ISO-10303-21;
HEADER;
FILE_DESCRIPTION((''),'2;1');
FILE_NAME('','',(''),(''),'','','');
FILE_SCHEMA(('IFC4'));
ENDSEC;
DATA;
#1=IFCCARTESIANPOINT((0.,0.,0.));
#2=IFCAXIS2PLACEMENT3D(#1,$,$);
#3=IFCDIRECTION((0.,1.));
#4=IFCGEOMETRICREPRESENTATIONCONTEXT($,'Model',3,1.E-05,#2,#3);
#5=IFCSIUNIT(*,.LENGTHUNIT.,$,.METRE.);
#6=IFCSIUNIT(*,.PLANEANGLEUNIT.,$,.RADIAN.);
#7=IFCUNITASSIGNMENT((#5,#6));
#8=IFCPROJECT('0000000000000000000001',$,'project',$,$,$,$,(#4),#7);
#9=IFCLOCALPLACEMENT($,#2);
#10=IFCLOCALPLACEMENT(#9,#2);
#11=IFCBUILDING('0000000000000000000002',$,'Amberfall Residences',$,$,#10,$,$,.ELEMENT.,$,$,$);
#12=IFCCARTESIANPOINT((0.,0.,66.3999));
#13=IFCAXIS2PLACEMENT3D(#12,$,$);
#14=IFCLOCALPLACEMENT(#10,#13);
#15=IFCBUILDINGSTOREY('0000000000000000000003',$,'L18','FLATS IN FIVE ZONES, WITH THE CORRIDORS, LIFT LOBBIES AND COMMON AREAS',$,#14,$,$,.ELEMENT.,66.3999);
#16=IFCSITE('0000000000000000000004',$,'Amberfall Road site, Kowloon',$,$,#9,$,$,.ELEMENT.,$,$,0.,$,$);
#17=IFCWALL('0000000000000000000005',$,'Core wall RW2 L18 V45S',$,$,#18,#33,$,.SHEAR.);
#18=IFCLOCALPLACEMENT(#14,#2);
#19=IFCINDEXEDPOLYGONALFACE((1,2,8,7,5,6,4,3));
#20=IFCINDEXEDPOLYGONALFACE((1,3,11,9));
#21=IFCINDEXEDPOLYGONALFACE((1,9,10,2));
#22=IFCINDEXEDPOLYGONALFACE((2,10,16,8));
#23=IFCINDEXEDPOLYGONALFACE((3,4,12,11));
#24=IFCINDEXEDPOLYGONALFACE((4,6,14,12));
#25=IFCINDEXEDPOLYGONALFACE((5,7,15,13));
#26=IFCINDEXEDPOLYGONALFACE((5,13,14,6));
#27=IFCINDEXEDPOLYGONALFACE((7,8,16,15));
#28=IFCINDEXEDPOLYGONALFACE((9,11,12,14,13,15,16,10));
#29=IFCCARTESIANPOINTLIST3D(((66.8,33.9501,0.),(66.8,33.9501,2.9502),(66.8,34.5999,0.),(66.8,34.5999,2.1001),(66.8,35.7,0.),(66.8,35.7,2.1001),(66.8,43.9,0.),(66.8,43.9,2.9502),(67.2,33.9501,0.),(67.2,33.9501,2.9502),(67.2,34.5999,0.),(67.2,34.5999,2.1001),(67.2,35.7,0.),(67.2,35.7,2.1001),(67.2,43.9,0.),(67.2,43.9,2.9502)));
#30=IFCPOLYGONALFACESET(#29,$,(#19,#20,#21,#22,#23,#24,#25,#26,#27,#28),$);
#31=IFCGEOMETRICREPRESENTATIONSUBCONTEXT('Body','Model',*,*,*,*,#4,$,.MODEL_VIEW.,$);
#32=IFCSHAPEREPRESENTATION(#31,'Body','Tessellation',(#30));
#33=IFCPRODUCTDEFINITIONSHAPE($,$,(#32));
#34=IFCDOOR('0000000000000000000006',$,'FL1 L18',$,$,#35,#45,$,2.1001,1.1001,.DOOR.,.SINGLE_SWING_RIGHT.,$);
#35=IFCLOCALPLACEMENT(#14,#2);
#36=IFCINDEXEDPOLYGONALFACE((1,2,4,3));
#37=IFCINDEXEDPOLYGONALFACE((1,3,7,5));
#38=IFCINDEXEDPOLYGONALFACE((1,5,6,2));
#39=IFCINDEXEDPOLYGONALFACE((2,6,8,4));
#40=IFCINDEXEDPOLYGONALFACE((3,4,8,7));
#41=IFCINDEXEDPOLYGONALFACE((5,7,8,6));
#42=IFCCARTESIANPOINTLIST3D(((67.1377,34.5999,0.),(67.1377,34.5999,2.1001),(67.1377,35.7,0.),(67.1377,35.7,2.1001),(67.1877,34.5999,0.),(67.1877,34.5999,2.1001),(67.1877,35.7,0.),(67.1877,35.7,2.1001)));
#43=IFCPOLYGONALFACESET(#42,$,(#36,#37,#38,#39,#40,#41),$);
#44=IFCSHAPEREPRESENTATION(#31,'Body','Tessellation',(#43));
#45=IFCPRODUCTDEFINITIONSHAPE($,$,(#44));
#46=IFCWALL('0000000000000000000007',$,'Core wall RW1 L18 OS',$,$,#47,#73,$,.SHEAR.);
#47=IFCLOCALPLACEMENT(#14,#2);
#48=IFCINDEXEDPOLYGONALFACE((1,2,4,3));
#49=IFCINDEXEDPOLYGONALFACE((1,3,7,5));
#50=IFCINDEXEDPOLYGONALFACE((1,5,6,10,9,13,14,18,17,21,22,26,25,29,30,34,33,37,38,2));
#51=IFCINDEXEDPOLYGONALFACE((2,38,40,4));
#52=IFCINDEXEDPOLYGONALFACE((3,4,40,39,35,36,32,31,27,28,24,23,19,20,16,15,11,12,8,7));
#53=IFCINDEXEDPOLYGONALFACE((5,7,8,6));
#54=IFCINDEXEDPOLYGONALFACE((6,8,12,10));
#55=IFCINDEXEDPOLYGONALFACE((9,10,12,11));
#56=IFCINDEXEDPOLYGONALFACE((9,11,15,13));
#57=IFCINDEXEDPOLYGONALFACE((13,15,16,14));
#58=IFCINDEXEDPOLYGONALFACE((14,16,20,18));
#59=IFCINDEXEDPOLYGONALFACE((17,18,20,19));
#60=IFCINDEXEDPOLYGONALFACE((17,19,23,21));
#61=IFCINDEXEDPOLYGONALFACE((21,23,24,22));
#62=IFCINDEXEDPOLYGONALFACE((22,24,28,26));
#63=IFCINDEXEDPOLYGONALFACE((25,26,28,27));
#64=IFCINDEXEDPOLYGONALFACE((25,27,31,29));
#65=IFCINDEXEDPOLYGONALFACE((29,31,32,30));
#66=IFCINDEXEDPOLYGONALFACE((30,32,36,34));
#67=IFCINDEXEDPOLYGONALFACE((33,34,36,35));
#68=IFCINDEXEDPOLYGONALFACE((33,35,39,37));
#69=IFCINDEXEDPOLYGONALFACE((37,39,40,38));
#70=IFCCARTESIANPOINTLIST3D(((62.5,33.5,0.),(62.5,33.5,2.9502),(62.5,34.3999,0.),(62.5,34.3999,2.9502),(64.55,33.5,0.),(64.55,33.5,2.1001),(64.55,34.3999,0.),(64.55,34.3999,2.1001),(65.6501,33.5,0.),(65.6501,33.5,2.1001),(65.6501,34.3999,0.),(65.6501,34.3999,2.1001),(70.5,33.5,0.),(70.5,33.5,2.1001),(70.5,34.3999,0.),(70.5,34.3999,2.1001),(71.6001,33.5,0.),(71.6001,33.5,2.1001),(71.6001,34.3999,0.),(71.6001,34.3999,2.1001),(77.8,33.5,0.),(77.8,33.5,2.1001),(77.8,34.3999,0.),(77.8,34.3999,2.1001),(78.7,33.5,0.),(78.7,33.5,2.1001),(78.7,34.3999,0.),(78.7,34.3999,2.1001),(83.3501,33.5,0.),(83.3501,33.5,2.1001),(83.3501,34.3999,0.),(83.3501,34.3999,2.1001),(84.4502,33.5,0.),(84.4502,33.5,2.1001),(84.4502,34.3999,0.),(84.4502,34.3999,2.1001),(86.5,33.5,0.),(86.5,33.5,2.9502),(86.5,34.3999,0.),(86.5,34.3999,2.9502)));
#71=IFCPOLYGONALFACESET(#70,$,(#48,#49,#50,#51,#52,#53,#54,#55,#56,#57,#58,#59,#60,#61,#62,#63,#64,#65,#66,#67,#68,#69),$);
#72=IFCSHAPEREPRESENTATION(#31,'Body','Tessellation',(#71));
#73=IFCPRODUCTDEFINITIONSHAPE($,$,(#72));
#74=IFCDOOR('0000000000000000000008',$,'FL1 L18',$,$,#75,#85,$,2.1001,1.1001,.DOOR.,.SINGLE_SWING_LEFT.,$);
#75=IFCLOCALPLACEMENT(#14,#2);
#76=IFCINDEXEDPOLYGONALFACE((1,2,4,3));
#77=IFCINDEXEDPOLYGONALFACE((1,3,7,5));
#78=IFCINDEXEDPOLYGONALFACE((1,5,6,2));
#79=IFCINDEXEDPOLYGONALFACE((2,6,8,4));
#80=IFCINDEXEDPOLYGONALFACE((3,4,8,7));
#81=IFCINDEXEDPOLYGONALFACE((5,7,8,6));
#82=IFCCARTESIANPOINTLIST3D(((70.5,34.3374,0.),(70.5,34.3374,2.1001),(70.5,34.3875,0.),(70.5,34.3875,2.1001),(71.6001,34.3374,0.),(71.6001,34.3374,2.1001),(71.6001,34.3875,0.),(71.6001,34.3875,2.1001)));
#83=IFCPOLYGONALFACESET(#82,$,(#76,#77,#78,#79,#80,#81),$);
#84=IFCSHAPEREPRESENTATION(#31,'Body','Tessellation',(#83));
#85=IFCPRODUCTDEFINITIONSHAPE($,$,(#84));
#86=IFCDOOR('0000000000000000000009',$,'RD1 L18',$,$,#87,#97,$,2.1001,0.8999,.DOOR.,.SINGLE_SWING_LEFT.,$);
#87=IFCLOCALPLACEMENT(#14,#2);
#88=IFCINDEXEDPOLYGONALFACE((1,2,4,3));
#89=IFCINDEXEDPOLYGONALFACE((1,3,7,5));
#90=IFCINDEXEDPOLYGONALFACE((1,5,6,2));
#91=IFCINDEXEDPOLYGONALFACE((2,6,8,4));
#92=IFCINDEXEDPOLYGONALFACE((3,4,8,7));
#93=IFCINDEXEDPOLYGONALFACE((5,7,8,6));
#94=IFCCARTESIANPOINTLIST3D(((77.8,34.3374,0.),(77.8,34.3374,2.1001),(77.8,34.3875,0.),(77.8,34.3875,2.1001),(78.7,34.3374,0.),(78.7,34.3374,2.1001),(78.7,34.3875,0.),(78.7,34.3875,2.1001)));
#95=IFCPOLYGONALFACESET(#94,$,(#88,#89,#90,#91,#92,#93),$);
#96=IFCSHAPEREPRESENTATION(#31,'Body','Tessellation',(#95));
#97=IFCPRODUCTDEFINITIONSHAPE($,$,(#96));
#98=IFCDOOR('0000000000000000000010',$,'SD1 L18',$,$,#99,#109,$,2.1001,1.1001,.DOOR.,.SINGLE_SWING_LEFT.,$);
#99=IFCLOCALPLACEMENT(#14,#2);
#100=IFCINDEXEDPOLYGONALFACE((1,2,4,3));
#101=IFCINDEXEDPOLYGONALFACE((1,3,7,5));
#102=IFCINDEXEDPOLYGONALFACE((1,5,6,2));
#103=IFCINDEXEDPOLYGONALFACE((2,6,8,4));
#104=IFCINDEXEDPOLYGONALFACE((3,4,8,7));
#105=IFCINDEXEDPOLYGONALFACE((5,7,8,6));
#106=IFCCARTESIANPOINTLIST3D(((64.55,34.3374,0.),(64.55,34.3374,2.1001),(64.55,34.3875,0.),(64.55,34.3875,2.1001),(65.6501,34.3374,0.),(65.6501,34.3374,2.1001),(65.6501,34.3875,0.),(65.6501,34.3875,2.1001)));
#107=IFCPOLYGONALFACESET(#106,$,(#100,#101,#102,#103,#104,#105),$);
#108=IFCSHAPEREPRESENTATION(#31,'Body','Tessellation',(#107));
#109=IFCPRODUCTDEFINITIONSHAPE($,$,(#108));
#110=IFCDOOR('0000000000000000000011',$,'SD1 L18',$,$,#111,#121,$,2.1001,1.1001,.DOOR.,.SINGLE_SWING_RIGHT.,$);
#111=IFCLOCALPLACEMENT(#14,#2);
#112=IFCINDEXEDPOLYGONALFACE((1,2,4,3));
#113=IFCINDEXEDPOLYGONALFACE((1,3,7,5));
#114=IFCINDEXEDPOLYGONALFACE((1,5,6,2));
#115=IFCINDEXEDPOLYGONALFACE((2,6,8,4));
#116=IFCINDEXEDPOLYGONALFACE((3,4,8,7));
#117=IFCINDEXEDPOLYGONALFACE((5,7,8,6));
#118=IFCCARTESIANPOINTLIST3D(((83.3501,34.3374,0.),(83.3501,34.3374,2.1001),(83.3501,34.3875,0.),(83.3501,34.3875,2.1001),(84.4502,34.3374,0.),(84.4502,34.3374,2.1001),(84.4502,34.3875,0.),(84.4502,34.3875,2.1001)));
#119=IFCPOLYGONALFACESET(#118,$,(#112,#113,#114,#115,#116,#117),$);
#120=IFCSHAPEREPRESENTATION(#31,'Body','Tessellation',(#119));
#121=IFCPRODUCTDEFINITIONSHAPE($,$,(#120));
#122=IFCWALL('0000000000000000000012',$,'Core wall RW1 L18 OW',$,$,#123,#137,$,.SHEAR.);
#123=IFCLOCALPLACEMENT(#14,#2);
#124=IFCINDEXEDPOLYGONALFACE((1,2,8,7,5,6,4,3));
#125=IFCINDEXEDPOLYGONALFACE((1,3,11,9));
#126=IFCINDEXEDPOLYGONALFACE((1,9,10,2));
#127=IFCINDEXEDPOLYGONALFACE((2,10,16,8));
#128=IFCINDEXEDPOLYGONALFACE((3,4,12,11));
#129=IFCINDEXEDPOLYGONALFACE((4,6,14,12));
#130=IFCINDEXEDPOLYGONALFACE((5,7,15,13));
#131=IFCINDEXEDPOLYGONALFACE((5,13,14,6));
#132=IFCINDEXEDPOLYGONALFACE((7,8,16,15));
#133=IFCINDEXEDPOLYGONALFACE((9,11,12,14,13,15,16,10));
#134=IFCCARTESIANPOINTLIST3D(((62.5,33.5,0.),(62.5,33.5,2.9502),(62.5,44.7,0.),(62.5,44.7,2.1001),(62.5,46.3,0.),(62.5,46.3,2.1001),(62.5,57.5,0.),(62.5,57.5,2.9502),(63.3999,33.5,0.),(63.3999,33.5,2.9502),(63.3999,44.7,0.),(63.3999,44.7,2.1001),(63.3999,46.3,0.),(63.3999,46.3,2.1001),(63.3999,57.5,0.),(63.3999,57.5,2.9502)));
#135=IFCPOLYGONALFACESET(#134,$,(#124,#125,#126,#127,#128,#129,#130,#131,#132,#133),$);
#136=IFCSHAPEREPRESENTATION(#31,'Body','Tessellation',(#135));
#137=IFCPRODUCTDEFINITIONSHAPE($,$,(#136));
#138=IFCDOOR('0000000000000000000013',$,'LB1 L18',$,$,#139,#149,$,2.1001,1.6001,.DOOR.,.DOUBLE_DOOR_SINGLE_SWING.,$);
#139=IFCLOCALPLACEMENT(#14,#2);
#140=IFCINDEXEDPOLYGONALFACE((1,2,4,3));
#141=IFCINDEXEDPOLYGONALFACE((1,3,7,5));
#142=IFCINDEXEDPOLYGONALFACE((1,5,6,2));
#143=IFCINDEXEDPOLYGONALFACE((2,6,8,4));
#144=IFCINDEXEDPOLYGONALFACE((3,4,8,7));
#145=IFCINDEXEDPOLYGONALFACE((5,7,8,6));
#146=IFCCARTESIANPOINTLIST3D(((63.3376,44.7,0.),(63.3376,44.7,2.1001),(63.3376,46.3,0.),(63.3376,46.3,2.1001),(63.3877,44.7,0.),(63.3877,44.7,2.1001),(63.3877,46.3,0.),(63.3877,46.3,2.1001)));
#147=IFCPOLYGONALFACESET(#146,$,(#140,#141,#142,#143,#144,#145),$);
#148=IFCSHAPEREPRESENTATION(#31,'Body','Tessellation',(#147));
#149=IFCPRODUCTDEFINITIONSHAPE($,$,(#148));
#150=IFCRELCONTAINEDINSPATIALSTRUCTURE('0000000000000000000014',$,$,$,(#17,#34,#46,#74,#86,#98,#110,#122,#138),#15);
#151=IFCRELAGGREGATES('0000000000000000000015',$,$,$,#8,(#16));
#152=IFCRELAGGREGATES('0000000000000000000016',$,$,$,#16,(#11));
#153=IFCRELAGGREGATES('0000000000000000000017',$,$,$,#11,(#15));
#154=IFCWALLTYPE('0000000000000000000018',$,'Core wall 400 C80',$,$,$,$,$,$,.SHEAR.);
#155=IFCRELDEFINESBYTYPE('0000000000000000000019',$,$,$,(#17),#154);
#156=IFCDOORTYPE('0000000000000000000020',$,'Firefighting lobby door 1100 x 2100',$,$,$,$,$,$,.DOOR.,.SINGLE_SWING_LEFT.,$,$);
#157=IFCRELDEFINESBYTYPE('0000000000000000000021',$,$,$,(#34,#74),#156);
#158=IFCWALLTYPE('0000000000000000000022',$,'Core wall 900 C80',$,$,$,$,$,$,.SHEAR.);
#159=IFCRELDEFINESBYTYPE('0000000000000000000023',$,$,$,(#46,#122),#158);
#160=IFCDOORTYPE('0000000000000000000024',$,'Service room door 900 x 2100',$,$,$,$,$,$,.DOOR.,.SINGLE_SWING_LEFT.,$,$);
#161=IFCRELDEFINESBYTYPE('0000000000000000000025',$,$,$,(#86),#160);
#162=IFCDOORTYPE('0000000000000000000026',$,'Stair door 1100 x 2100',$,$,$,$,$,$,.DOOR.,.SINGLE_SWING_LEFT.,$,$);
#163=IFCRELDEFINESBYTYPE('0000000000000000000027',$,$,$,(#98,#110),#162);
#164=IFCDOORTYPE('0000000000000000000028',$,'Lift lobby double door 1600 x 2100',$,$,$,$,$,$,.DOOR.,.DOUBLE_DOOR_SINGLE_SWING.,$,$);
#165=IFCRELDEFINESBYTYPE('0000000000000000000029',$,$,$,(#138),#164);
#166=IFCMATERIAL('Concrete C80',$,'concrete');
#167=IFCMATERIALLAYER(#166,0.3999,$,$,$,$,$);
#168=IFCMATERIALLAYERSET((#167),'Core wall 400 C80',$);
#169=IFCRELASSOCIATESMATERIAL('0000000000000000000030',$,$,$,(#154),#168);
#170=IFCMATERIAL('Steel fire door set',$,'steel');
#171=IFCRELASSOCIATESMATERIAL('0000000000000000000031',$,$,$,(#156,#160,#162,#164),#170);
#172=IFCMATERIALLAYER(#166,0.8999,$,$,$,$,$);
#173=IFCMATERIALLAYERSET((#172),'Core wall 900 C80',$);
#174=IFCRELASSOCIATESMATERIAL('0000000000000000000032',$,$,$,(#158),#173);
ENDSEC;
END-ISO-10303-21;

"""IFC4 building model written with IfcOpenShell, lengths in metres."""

from ifc_helpers import new_model, si_unit, direction, frame, frame_2d, origin, place, context, subcontext, project, spatial, rectangle, extrude, material, layer, layer_set, type_object, element, fill, save


model = new_model("IFC4")

# Units and contexts
model_context = context("Model", 3, precision=1e-05, world=origin(), true_north=direction((0.0, 1.0)))
body_context = subcontext(model_context, "Body", "Model", "MODEL_VIEW")
ifc_project = project(units=[si_unit("LENGTHUNIT", "METRE"), si_unit("PLANEANGLEUNIT", "RADIAN")], contexts=[model_context])

# Site, building, storey
site_placement = place(None, origin())
site = spatial("IfcSite", under=ifc_project, at=site_placement, Name="Amberfall Road site, Kowloon", CompositionType="ELEMENT", RefElevation=0.0)
building_placement = place(site_placement, origin())
building = spatial("IfcBuilding", under=site, at=building_placement, Name="Amberfall Residences", CompositionType="ELEMENT")
storey_placement = place(building_placement, frame((0.0, 0.0, 66.3999)))
storey = spatial("IfcBuildingStorey", under=building, at=storey_placement, Name="L18", Description="FLATS IN FIVE ZONES, WITH THE CORRIDORS, LIFT LOBBIES AND COMMON AREAS", CompositionType="ELEMENT", Elevation=66.3999)

# Wall, opening, door
ifc_material_1 = material(Name="Concrete C80", Category="concrete")
ifc_layer_1 = layer(ifc_material_1, 0.3999)
ifc_layer_set_1 = layer_set([ifc_layer_1], Name="Core wall 400 C80")
wall_type_1 = type_object("IfcWallType", Name="Core wall 400 C80", PredefinedType="SHEAR", material=ifc_layer_set_1)
wall_1_placement = place(storey_placement, frame((67.0, 33.95, 0.0), z_axis=(0.0, 0.0, 1.0), x_axis=(0.0, 1.0, 0.0)))
wall_1 = element("IfcWall", 1, at=wall_1_placement, inside=storey, type_object=wall_type_1, Name="Core wall RW2 L18 V45S", PredefinedType="SHEAR", context=body_context, shape_type="SweptSolid", body=[
    extrude(rectangle(XDim=9.95, YDim=0.3999, at=frame_2d((4.9751, 0.0))), origin(), (0.0, 0.0, 1.0), 2.9502),
])
opening_1_placement = place(wall_1_placement, frame((0.6499, 0.0, 0.0)))
opening_1 = element("IfcOpeningElement", 2, at=opening_1_placement, cuts=wall_1, PredefinedType="OPENING", context=body_context, shape_type="SweptSolid", body=[
    extrude(rectangle(XDim=1.1001, YDim=2.1001, at=frame_2d((0.55, 1.05))), frame((0.0, 0.21, 0.0), z_axis=(0.0, -1.0, 0.0), x_axis=(1.0, 0.0, 0.0)), (0.0, 0.0, 1.0), 0.4199),
])
ifc_material_2 = material(Name="Steel fire door set", Category="steel")
door_type_1 = type_object("IfcDoorType", Name="Firefighting lobby door 1100 x 2100", OperationType="SINGLE_SWING_LEFT", PredefinedType="DOOR", material=ifc_material_2)
door_1_placement = place(opening_1_placement, origin())
door_1 = element("IfcDoor", 3, at=door_1_placement, inside=storey, type_object=door_type_1, Name="FL1 L18", OperationType="SINGLE_SWING_RIGHT", OverallHeight=2.1001, OverallWidth=1.1001, PredefinedType="DOOR", context=body_context, shape_type="SweptSolid", body=[
    extrude(rectangle(XDim=1.1001, YDim=2.1001, at=frame_2d((0.55, 1.05))), frame((0.0, -0.1377, 0.0), z_axis=(0.0, -1.0, 0.0), x_axis=(1.0, 0.0, 0.0)), (0.0, 0.0, 1.0), 0.05),
])
fill(opening_1, door_1)

# Wall, openings, doors
ifc_layer_2 = layer(ifc_material_1, 0.8999)
ifc_layer_set_2 = layer_set([ifc_layer_2], Name="Core wall 900 C80")
wall_type_2 = type_object("IfcWallType", Name="Core wall 900 C80", PredefinedType="SHEAR", material=ifc_layer_set_2)
wall_2_placement = place(storey_placement, frame((62.5, 33.95, 0.0), z_axis=(0.0, 0.0, 1.0), x_axis=(1.0, 0.0, 0.0)))
wall_2 = element("IfcWall", 4, at=wall_2_placement, inside=storey, type_object=wall_type_2, Name="Core wall RW1 L18 OS", PredefinedType="SHEAR", context=body_context, shape_type="SweptSolid", body=[
    extrude(rectangle(XDim=24.0, YDim=0.8999, at=frame_2d((12.0, 0.0))), origin(), (0.0, 0.0, 1.0), 2.9502),
])
opening_2_placement = place(wall_2_placement, frame((2.05, 0.0, 0.0)))
opening_2 = element("IfcOpeningElement", 5, at=opening_2_placement, cuts=wall_2, PredefinedType="OPENING", context=body_context, shape_type="SweptSolid", body=[
    extrude(rectangle(XDim=1.1001, YDim=2.1001, at=frame_2d((0.55, 1.05))), frame((0.0, 0.46, 0.0), z_axis=(0.0, -1.0, 0.0), x_axis=(1.0, 0.0, 0.0)), (0.0, 0.0, 1.0), 0.9199),
])
opening_3_placement = place(wall_2_placement, frame((20.8501, 0.0, 0.0)))
opening_3 = element("IfcOpeningElement", 6, at=opening_3_placement, cuts=wall_2, PredefinedType="OPENING", context=body_context, shape_type="SweptSolid", body=[
    extrude(rectangle(XDim=1.1001, YDim=2.1001, at=frame_2d((0.55, 1.05))), frame((0.0, 0.46, 0.0), z_axis=(0.0, -1.0, 0.0), x_axis=(1.0, 0.0, 0.0)), (0.0, 0.0, 1.0), 0.9199),
])
opening_4_placement = place(wall_2_placement, frame((8.0, 0.0, 0.0)))
opening_4 = element("IfcOpeningElement", 7, at=opening_4_placement, cuts=wall_2, PredefinedType="OPENING", context=body_context, shape_type="SweptSolid", body=[
    extrude(rectangle(XDim=1.1001, YDim=2.1001, at=frame_2d((0.55, 1.05))), frame((0.0, 0.46, 0.0), z_axis=(0.0, -1.0, 0.0), x_axis=(1.0, 0.0, 0.0)), (0.0, 0.0, 1.0), 0.9199),
])
opening_5_placement = place(wall_2_placement, frame((15.3, 0.0, 0.0)))
opening_5 = element("IfcOpeningElement", 8, at=opening_5_placement, cuts=wall_2, PredefinedType="OPENING", context=body_context, shape_type="SweptSolid", body=[
    extrude(rectangle(XDim=0.8999, YDim=2.1001, at=frame_2d((0.45, 1.05))), frame((0.0, 0.46, 0.0), z_axis=(0.0, -1.0, 0.0), x_axis=(1.0, 0.0, 0.0)), (0.0, 0.0, 1.0), 0.9199),
])
door_2_placement = place(opening_4_placement, origin())
door_2 = element("IfcDoor", 9, at=door_2_placement, inside=storey, type_object=door_type_1, Name="FL1 L18", OperationType="SINGLE_SWING_LEFT", OverallHeight=2.1001, OverallWidth=1.1001, PredefinedType="DOOR", context=body_context, shape_type="SweptSolid", body=[
    extrude(rectangle(XDim=1.1001, YDim=2.1001, at=frame_2d((0.55, 1.05))), frame((0.0, 0.4375, 0.0), z_axis=(0.0, -1.0, 0.0), x_axis=(1.0, 0.0, 0.0)), (0.0, 0.0, 1.0), 0.05),
])
fill(opening_4, door_2)
door_type_2 = type_object("IfcDoorType", Name="Service room door 900 x 2100", OperationType="SINGLE_SWING_LEFT", PredefinedType="DOOR", material=ifc_material_2)
door_3_placement = place(opening_5_placement, origin())
door_3 = element("IfcDoor", 10, at=door_3_placement, inside=storey, type_object=door_type_2, Name="RD1 L18", OperationType="SINGLE_SWING_LEFT", OverallHeight=2.1001, OverallWidth=0.8999, PredefinedType="DOOR", context=body_context, shape_type="SweptSolid", body=[
    extrude(rectangle(XDim=0.8999, YDim=2.1001, at=frame_2d((0.45, 1.05))), frame((0.0, 0.4375, 0.0), z_axis=(0.0, -1.0, 0.0), x_axis=(1.0, 0.0, 0.0)), (0.0, 0.0, 1.0), 0.05),
])
fill(opening_5, door_3)
door_type_3 = type_object("IfcDoorType", Name="Stair door 1100 x 2100", OperationType="SINGLE_SWING_LEFT", PredefinedType="DOOR", material=ifc_material_2)
door_4_placement = place(opening_2_placement, origin())
door_4 = element("IfcDoor", 11, at=door_4_placement, inside=storey, type_object=door_type_3, Name="SD1 L18", OperationType="SINGLE_SWING_LEFT", OverallHeight=2.1001, OverallWidth=1.1001, PredefinedType="DOOR", context=body_context, shape_type="SweptSolid", body=[
    extrude(rectangle(XDim=1.1001, YDim=2.1001, at=frame_2d((0.55, 1.05))), frame((0.0, 0.4375, 0.0), z_axis=(0.0, -1.0, 0.0), x_axis=(1.0, 0.0, 0.0)), (0.0, 0.0, 1.0), 0.05),
])
fill(opening_2, door_4)
door_5_placement = place(opening_3_placement, origin())
door_5 = element("IfcDoor", 12, at=door_5_placement, inside=storey, type_object=door_type_3, Name="SD1 L18", OperationType="SINGLE_SWING_RIGHT", OverallHeight=2.1001, OverallWidth=1.1001, PredefinedType="DOOR", context=body_context, shape_type="SweptSolid", body=[
    extrude(rectangle(XDim=1.1001, YDim=2.1001, at=frame_2d((0.55, 1.05))), frame((0.0, 0.4375, 0.0), z_axis=(0.0, -1.0, 0.0), x_axis=(1.0, 0.0, 0.0)), (0.0, 0.0, 1.0), 0.05),
])
fill(opening_3, door_5)

# Wall, opening, door
wall_3_placement = place(storey_placement, frame((62.95, 33.5, 0.0), z_axis=(0.0, 0.0, 1.0), x_axis=(0.0, 1.0, 0.0)))
wall_3 = element("IfcWall", 13, at=wall_3_placement, inside=storey, type_object=wall_type_2, Name="Core wall RW1 L18 OW", PredefinedType="SHEAR", context=body_context, shape_type="SweptSolid", body=[
    extrude(rectangle(XDim=24.0, YDim=0.8999, at=frame_2d((12.0, 0.0))), origin(), (0.0, 0.0, 1.0), 2.9502),
])
opening_6_placement = place(wall_3_placement, frame((11.2, 0.0, 0.0)))
opening_6 = element("IfcOpeningElement", 14, at=opening_6_placement, cuts=wall_3, PredefinedType="OPENING", context=body_context, shape_type="SweptSolid", body=[
    extrude(rectangle(XDim=1.6001, YDim=2.1001, at=frame_2d((0.8, 1.05))), frame((0.0, 0.46, 0.0), z_axis=(0.0, -1.0, 0.0), x_axis=(1.0, 0.0, 0.0)), (0.0, 0.0, 1.0), 0.9199),
])
door_type_4 = type_object("IfcDoorType", Name="Lift lobby double door 1600 x 2100", OperationType="DOUBLE_DOOR_SINGLE_SWING", PredefinedType="DOOR", material=ifc_material_2)
door_6_placement = place(opening_6_placement, origin())
door_6 = element("IfcDoor", 15, at=door_6_placement, inside=storey, type_object=door_type_4, Name="LB1 L18", OperationType="DOUBLE_DOOR_SINGLE_SWING", OverallHeight=2.1001, OverallWidth=1.6001, PredefinedType="DOOR", context=body_context, shape_type="SweptSolid", body=[
    extrude(rectangle(XDim=1.6001, YDim=2.1001, at=frame_2d((0.8, 1.05))), frame((0.0, -0.3877, 0.0), z_axis=(0.0, -1.0, 0.0), x_axis=(1.0, 0.0, 0.0)), (0.0, 0.0, 1.0), 0.05),
])
fill(opening_6, door_6)

save(model, "model.ifc")
